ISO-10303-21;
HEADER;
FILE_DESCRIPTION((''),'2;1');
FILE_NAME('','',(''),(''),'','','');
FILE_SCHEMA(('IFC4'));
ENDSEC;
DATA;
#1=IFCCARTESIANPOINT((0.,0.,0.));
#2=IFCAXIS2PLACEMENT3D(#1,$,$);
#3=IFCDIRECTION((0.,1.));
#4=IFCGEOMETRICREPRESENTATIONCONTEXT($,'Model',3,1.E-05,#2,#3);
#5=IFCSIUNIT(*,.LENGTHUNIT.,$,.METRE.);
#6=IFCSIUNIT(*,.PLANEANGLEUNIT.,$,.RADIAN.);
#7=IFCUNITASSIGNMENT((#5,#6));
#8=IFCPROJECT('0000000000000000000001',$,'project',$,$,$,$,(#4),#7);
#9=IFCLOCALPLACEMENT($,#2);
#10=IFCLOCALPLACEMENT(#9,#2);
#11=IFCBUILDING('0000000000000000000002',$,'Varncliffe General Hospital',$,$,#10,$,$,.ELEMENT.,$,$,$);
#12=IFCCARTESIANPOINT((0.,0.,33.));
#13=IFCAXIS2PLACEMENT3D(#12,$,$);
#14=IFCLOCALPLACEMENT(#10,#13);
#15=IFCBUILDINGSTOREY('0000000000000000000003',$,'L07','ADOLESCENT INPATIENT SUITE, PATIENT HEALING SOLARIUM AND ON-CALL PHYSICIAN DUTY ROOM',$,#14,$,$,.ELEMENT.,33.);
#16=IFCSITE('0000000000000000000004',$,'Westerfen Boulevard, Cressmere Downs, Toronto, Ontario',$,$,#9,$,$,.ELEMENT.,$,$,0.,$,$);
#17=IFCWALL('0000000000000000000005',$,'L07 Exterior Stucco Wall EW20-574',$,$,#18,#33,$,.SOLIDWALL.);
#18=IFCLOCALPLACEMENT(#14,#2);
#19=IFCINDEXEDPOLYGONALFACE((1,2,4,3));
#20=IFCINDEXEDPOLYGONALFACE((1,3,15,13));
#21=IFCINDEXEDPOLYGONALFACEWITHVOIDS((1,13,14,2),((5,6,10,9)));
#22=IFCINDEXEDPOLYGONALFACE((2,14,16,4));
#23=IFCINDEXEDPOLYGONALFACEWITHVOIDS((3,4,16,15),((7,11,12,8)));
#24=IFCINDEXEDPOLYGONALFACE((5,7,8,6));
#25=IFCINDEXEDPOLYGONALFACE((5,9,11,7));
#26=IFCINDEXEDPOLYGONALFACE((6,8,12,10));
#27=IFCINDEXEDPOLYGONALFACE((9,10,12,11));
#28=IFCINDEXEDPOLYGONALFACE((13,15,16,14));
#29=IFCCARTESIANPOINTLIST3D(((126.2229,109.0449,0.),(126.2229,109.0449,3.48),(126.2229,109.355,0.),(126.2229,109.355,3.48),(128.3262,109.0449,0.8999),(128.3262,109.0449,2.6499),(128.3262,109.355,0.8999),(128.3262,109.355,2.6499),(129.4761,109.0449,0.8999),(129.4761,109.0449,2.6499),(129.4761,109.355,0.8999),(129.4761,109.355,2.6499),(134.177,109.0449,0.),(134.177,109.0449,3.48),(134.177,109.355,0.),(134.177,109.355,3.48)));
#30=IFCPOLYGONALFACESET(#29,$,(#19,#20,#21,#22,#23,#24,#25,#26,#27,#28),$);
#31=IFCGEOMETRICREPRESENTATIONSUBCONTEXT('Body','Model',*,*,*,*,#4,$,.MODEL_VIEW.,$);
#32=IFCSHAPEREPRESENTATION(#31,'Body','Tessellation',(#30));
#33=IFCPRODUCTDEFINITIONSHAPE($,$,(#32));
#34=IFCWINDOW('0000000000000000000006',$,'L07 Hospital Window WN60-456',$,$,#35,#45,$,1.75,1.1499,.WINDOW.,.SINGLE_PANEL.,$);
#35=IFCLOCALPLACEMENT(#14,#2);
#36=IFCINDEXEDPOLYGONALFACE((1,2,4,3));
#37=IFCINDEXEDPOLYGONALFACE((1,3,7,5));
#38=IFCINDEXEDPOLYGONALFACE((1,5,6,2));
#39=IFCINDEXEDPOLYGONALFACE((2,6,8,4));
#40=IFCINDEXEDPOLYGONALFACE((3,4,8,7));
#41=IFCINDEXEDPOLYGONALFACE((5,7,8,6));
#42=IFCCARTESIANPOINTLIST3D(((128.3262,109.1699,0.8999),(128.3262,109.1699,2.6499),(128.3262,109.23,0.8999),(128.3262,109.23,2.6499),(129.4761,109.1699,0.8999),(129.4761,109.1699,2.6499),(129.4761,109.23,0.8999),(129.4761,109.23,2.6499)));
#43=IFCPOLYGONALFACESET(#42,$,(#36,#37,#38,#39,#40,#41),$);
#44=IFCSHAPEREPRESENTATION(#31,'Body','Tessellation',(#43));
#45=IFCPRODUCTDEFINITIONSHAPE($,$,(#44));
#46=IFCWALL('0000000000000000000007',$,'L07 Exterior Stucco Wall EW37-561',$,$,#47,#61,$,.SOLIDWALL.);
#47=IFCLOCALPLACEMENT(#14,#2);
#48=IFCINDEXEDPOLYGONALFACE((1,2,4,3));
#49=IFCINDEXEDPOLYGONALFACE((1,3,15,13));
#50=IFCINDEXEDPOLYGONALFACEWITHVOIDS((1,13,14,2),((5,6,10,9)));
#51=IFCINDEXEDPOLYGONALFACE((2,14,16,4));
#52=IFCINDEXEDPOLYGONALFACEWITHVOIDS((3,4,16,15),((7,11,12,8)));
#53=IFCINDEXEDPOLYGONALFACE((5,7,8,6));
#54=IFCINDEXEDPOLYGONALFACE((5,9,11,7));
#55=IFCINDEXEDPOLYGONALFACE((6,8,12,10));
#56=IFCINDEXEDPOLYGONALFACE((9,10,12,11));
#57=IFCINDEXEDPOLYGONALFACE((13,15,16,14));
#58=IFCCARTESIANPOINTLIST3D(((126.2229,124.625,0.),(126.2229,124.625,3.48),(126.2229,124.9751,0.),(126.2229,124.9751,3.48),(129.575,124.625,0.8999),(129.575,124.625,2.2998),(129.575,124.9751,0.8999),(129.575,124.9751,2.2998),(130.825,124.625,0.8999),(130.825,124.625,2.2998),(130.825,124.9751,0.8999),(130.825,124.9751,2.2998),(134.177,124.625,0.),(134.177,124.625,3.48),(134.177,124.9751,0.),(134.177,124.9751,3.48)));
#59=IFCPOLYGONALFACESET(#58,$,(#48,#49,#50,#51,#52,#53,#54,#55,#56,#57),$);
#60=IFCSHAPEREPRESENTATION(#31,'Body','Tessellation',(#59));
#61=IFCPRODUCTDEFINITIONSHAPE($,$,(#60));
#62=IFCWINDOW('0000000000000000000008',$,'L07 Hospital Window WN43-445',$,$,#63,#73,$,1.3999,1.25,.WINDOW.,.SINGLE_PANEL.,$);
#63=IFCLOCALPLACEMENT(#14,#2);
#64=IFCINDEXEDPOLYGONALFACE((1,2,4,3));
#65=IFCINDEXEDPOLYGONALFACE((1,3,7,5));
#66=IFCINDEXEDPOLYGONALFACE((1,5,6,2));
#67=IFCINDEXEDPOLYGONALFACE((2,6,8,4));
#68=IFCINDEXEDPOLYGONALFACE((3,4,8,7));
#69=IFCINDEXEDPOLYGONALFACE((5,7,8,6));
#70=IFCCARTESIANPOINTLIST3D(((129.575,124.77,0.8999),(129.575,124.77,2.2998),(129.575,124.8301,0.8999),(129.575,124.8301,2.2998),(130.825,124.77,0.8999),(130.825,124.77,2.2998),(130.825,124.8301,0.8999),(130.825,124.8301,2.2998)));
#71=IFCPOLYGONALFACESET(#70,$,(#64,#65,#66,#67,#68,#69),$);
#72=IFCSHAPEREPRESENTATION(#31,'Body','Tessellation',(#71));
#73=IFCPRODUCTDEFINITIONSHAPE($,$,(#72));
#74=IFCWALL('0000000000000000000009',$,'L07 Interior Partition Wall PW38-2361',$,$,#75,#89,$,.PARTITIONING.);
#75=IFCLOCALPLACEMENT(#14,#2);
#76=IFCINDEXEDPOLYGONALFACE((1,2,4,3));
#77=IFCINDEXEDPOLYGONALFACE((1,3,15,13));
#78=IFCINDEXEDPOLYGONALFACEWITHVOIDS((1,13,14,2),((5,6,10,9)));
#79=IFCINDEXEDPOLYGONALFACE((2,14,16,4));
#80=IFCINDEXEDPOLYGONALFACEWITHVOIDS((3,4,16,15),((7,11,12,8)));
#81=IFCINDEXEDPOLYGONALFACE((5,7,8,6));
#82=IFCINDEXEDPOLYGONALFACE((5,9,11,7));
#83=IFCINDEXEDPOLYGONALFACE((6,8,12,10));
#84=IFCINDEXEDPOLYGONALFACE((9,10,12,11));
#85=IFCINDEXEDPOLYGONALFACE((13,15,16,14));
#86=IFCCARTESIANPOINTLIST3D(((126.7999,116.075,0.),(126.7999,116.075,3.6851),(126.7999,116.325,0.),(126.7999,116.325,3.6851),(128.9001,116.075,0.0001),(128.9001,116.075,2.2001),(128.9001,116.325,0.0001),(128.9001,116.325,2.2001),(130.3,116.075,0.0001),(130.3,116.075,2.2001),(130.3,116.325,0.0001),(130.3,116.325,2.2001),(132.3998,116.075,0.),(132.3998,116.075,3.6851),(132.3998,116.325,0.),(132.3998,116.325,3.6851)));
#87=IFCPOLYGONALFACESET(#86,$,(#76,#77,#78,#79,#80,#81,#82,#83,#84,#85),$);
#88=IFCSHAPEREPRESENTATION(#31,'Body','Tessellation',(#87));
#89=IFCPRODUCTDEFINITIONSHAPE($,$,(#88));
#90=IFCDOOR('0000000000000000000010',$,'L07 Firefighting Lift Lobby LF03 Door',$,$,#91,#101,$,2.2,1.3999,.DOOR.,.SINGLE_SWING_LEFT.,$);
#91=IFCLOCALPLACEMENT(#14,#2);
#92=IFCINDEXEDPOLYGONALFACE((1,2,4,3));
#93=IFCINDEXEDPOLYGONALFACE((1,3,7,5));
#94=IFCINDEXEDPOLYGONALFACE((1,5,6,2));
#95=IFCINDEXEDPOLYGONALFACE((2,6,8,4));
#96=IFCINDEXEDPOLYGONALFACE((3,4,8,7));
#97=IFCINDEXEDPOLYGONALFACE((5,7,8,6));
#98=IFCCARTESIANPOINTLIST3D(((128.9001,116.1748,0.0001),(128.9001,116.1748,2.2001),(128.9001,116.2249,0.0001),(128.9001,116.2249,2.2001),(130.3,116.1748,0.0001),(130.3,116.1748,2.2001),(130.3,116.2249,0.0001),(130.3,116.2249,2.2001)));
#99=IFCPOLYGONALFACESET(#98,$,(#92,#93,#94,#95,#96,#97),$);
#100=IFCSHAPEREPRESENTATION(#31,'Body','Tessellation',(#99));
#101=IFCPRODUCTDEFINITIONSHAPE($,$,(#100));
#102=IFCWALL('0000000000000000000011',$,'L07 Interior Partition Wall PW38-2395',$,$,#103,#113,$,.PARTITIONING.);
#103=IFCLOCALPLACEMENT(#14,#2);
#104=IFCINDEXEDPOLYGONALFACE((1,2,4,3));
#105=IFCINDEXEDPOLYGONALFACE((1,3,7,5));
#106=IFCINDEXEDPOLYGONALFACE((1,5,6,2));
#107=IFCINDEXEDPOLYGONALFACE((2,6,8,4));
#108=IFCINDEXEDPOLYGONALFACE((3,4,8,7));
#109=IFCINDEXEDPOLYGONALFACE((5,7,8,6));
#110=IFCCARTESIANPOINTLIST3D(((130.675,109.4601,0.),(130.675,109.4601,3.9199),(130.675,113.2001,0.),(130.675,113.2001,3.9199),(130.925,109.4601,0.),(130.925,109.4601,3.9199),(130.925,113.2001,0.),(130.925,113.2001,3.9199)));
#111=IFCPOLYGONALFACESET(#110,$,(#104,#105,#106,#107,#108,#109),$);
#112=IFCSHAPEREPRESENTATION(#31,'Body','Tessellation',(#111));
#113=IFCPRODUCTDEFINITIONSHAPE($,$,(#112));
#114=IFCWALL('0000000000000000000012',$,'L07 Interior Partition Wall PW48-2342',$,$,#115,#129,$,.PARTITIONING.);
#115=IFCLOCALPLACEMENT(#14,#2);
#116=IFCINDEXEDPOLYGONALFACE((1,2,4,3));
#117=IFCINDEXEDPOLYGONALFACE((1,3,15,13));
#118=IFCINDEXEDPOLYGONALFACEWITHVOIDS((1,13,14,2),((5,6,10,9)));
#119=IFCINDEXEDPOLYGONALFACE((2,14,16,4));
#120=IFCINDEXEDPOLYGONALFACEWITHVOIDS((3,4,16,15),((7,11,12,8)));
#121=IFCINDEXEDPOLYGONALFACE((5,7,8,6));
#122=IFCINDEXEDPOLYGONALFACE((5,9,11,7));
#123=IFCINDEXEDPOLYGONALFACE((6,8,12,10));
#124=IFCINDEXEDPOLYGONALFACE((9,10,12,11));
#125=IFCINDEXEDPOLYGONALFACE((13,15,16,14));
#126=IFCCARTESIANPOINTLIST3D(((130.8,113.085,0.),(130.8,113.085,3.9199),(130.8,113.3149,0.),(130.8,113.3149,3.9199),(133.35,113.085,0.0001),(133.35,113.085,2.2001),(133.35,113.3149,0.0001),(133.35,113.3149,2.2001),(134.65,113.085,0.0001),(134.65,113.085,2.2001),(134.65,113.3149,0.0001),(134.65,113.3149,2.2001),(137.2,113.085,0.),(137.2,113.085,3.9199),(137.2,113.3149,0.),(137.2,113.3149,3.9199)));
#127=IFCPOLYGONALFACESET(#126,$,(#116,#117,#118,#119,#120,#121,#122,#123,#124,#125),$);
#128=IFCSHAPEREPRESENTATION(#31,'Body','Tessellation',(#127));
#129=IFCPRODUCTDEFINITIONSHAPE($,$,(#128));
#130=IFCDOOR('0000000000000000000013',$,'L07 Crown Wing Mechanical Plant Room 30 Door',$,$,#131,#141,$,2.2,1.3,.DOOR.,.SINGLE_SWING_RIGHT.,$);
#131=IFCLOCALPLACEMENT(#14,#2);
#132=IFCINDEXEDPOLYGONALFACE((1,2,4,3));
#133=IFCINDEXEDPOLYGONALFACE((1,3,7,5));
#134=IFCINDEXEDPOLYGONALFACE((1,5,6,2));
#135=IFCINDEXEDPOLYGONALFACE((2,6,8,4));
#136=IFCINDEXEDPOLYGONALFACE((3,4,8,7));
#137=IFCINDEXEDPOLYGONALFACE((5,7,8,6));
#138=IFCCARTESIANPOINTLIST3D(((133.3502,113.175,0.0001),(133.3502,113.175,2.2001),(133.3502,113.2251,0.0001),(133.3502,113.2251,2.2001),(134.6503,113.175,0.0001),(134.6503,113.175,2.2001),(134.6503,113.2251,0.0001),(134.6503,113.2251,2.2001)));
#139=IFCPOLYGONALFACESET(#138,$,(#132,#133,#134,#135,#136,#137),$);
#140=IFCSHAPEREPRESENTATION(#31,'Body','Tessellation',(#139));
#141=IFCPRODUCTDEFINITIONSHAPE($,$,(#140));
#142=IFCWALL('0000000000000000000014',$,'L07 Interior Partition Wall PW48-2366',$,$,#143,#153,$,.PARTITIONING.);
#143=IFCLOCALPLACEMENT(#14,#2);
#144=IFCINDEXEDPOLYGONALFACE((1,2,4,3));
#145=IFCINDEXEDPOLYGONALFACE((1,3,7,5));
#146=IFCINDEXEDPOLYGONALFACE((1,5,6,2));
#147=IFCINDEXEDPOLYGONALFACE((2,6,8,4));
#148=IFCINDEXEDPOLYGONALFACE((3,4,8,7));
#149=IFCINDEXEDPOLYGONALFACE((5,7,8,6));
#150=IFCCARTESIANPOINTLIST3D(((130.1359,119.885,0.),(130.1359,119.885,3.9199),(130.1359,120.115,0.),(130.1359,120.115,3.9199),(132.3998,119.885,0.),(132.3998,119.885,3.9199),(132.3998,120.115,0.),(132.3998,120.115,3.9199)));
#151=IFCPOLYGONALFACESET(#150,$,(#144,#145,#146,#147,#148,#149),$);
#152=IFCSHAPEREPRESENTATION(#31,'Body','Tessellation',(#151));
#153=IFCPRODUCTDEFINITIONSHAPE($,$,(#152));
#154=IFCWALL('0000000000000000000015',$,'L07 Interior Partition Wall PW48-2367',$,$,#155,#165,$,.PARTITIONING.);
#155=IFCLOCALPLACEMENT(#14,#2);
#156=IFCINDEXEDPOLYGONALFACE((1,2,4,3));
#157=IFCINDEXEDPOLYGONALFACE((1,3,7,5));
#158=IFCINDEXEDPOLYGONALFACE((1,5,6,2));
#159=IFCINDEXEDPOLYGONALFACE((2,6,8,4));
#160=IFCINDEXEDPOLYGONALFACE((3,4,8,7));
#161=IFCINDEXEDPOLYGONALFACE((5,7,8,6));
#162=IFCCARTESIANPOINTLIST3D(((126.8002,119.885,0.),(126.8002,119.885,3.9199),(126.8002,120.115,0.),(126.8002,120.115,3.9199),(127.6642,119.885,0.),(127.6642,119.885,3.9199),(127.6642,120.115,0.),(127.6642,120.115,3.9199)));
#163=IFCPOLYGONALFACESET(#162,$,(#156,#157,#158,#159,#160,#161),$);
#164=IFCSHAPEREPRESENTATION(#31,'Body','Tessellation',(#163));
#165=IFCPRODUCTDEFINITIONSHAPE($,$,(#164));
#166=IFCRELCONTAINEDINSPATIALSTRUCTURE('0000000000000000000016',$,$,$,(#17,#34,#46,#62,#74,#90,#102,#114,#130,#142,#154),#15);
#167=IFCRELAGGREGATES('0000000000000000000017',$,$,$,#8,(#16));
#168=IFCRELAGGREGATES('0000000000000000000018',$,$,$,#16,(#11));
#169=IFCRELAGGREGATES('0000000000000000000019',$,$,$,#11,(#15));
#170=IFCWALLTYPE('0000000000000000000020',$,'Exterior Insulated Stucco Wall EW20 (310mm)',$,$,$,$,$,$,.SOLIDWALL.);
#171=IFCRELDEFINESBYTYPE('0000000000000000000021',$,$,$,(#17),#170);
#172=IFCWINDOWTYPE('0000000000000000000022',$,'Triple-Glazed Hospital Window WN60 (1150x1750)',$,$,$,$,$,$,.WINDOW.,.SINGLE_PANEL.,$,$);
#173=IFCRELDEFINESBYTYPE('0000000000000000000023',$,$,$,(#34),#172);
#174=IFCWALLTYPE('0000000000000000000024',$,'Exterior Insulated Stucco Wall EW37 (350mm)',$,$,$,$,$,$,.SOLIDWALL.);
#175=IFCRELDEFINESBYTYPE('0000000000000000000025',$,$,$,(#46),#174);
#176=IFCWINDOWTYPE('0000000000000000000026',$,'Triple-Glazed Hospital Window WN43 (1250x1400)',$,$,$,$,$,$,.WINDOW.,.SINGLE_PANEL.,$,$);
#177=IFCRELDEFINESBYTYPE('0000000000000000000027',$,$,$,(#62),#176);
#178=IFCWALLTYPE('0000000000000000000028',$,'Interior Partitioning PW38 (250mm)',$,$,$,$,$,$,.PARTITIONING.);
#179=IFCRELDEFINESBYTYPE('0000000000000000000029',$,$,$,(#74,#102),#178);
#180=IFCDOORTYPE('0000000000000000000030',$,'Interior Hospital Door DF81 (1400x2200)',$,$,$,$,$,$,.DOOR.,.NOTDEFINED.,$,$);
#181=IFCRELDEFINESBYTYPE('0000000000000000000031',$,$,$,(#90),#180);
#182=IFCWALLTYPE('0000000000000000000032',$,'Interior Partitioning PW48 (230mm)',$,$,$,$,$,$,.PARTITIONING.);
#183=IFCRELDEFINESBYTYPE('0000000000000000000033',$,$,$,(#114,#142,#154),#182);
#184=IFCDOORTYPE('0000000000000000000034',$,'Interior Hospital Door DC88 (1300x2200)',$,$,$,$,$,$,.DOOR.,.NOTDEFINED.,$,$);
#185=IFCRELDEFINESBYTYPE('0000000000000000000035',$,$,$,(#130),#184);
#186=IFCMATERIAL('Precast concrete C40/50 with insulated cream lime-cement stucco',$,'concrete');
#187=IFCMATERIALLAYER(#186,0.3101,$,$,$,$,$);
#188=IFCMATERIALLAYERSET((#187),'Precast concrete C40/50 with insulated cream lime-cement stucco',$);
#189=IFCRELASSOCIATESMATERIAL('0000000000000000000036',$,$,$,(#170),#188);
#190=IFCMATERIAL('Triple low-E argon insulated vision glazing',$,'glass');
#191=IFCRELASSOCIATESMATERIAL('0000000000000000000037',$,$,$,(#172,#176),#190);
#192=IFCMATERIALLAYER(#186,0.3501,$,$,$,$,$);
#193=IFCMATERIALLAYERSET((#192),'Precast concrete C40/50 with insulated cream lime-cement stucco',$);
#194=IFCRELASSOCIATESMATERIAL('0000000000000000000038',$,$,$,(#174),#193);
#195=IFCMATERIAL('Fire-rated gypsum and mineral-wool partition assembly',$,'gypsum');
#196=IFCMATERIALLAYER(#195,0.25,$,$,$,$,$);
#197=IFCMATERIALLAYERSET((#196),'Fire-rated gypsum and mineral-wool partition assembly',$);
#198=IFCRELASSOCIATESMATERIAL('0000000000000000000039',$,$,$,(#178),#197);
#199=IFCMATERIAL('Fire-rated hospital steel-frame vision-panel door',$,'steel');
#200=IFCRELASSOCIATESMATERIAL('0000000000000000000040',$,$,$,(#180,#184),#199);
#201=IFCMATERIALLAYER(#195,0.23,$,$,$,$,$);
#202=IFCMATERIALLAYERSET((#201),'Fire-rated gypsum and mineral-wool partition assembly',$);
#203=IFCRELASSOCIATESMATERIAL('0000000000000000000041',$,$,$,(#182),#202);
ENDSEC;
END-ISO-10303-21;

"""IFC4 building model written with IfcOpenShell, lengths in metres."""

from ifc_helpers import new_model, si_unit, direction, frame, frame_2d, origin, place, context, subcontext, project, spatial, rectangle, extrude, material, layer, layer_set, type_object, element, fill, save


model = new_model("IFC4")

# Units and contexts
model_context = context("Model", 3, precision=1e-05, world=origin(), true_north=direction((0.0, 1.0)))
body_context = subcontext(model_context, "Body", "Model", "MODEL_VIEW")
ifc_project = project(units=[si_unit("LENGTHUNIT", "METRE"), si_unit("PLANEANGLEUNIT", "RADIAN")], contexts=[model_context])

# Site, building, storey
site_placement = place(None, origin())
site = spatial("IfcSite", under=ifc_project, at=site_placement, Name="Westerfen Boulevard, Cressmere Downs, Toronto, Ontario", CompositionType="ELEMENT", RefElevation=0.0)
building_placement = place(site_placement, origin())
building = spatial("IfcBuilding", under=site, at=building_placement, Name="Varncliffe General Hospital", CompositionType="ELEMENT")
storey_placement = place(building_placement, frame((0.0, 0.0, 33.0)))
storey = spatial("IfcBuildingStorey", under=building, at=storey_placement, Name="L07", Description="ADOLESCENT INPATIENT SUITE, PATIENT HEALING SOLARIUM AND ON-CALL PHYSICIAN DUTY ROOM", CompositionType="ELEMENT", Elevation=33.0)

# Walls, openings, windows
ifc_material_1 = material(Name="Precast concrete C40/50 with insulated cream lime-cement stucco", Category="concrete")
ifc_layer_1 = layer(ifc_material_1, 0.3101)
ifc_layer_set_1 = layer_set([ifc_layer_1], Name="Precast concrete C40/50 with insulated cream lime-cement stucco")
wall_type_1 = type_object("IfcWallType", Name="Exterior Insulated Stucco Wall EW20 (310mm)", PredefinedType="SOLIDWALL", material=ifc_layer_set_1)
wall_1_placement = place(storey_placement, frame((134.177, 109.2, 0.0), z_axis=(0.0, 0.0, 1.0), x_axis=(-1.0, 0.0, 0.0)))
wall_1 = element("IfcWall", 1, at=wall_1_placement, inside=storey, type_object=wall_type_1, Name="L07 Exterior Stucco Wall EW20-574", PredefinedType="SOLIDWALL", context=body_context, shape_type="SweptSolid", body=[
    extrude(rectangle(XDim=7.9541, YDim=0.3101, at=frame_2d((3.9771, 0.0))), origin(), (0.0, 0.0, 1.0), 3.48),
])
opening_1_placement = place(wall_1_placement, frame((4.7009, 0.0, 0.8999)))
opening_1 = element("IfcOpeningElement", 2, at=opening_1_placement, cuts=wall_1, PredefinedType="OPENING", context=body_context, shape_type="SweptSolid", body=[
    extrude(rectangle(XDim=1.1499, YDim=1.75, at=frame_2d((0.575, 0.875))), frame((0.0, 0.165, 0.0), z_axis=(0.0, -1.0, 0.0), x_axis=(1.0, 0.0, 0.0)), (0.0, 0.0, 1.0), 0.3301),
])
ifc_material_2 = material(Name="Triple low-E argon insulated vision glazing", Category="glass")
window_type_1 = type_object("IfcWindowType", Name="Triple-Glazed Hospital Window WN60 (1150x1750)", PartitioningType="SINGLE_PANEL", PredefinedType="WINDOW", material=ifc_material_2)
window_1_placement = place(opening_1_placement, origin())
window_1 = element("IfcWindow", 3, at=window_1_placement, inside=storey, type_object=window_type_1, Name="L07 Hospital Window WN60-456", OverallHeight=1.75, OverallWidth=1.1499, PartitioningType="SINGLE_PANEL", PredefinedType="WINDOW", context=body_context, shape_type="SweptSolid", body=[
    extrude(rectangle(XDim=1.1499, YDim=1.75, at=frame_2d((0.575, 0.875))), frame((0.0, 0.03, 0.0), z_axis=(0.0, -1.0, 0.0), x_axis=(1.0, 0.0, 0.0)), (0.0, 0.0, 1.0), 0.0601),
])
fill(opening_1, window_1)
ifc_layer_2 = layer(ifc_material_1, 0.3501)
ifc_layer_set_2 = layer_set([ifc_layer_2], Name="Precast concrete C40/50 with insulated cream lime-cement stucco")
wall_type_2 = type_object("IfcWallType", Name="Exterior Insulated Stucco Wall EW37 (350mm)", PredefinedType="SOLIDWALL", material=ifc_layer_set_2)
wall_2_placement = place(storey_placement, frame((126.2229, 124.8, 0.0), z_axis=(0.0, 0.0, 1.0), x_axis=(1.0, 0.0, 0.0)))
wall_2 = element("IfcWall", 4, at=wall_2_placement, inside=storey, type_object=wall_type_2, Name="L07 Exterior Stucco Wall EW37-561", PredefinedType="SOLIDWALL", context=body_context, shape_type="SweptSolid", body=[
    extrude(rectangle(XDim=7.9541, YDim=0.3501, at=frame_2d((3.9771, 0.0))), origin(), (0.0, 0.0, 1.0), 3.48),
])
opening_2_placement = place(wall_2_placement, frame((3.3521, 0.0, 0.8999)))
opening_2 = element("IfcOpeningElement", 5, at=opening_2_placement, cuts=wall_2, PredefinedType="OPENING", context=body_context, shape_type="SweptSolid", body=[
    extrude(rectangle(XDim=1.25, YDim=1.3999, at=frame_2d((0.625, 0.7))), frame((0.0, 0.1851, 0.0), z_axis=(0.0, -1.0, 0.0), x_axis=(1.0, 0.0, 0.0)), (0.0, 0.0, 1.0), 0.3701),
])
window_type_2 = type_object("IfcWindowType", Name="Triple-Glazed Hospital Window WN43 (1250x1400)", PartitioningType="SINGLE_PANEL", PredefinedType="WINDOW", material=ifc_material_2)
window_2_placement = place(opening_2_placement, origin())
window_2 = element("IfcWindow", 6, at=window_2_placement, inside=storey, type_object=window_type_2, Name="L07 Hospital Window WN43-445", OverallHeight=1.3999, OverallWidth=1.25, PartitioningType="SINGLE_PANEL", PredefinedType="WINDOW", context=body_context, shape_type="SweptSolid", body=[
    extrude(rectangle(XDim=1.25, YDim=1.3999, at=frame_2d((0.625, 0.7))), frame((0.0, 0.03, 0.0), z_axis=(0.0, -1.0, 0.0), x_axis=(1.0, 0.0, 0.0)), (0.0, 0.0, 1.0), 0.0601),
])
fill(opening_2, window_2)

# Wall, opening, door
ifc_material_3 = material(Name="Fire-rated gypsum and mineral-wool partition assembly", Category="gypsum")
ifc_layer_3 = layer(ifc_material_3, 0.25)
ifc_layer_set_3 = layer_set([ifc_layer_3], Name="Fire-rated gypsum and mineral-wool partition assembly")
wall_type_3 = type_object("IfcWallType", Name="Interior Partitioning PW38 (250mm)", PredefinedType="PARTITIONING", material=ifc_layer_set_3)
wall_3_placement = place(storey_placement, frame((126.8, 116.2, 0.0), z_axis=(0.0, 0.0, 1.0), x_axis=(1.0, 0.0, 0.0)))
wall_3 = element("IfcWall", 7, at=wall_3_placement, inside=storey, type_object=wall_type_3, Name="L07 Interior Partition Wall PW38-2361", PredefinedType="PARTITIONING", context=body_context, shape_type="SweptSolid", body=[
    extrude(rectangle(XDim=5.5999, YDim=0.25, at=frame_2d((2.7998, 0.0))), origin(), (0.0, 0.0, 1.0), 3.6851),
])
opening_3_placement = place(wall_3_placement, frame((2.1001, 0.0, 0.0)))
opening_3 = element("IfcOpeningElement", 8, at=opening_3_placement, cuts=wall_3, PredefinedType="OPENING", context=body_context, shape_type="SweptSolid", body=[
    extrude(rectangle(XDim=1.3999, YDim=2.2, at=frame_2d((0.7, 1.1001))), frame((0.0, 0.135, 0.0), z_axis=(0.0, -1.0, 0.0), x_axis=(1.0, 0.0, 0.0)), (0.0, 0.0, 1.0), 0.27),
])
ifc_material_4 = material(Name="Fire-rated hospital steel-frame vision-panel door", Category="steel")
door_type_1 = type_object("IfcDoorType", Name="Interior Hospital Door DF81 (1400x2200)", OperationType="NOTDEFINED", PredefinedType="DOOR", material=ifc_material_4)
door_1_placement = place(opening_3_placement, origin())
door_1 = element("IfcDoor", 9, at=door_1_placement, inside=storey, type_object=door_type_1, Name="L07 Firefighting Lift Lobby LF03 Door", OperationType="SINGLE_SWING_LEFT", OverallHeight=2.2, OverallWidth=1.3999, PredefinedType="DOOR", context=body_context, shape_type="SweptSolid", body=[
    extrude(rectangle(XDim=1.3999, YDim=2.2, at=frame_2d((0.7, 1.1001))), frame((0.0, 0.0249, 0.0), z_axis=(0.0, -1.0, 0.0), x_axis=(1.0, 0.0, 0.0)), (0.0, 0.0, 1.0), 0.05),
])
fill(opening_3, door_1)

# Wall
wall_4_placement = place(storey_placement, frame((130.8, 109.46, 0.0), z_axis=(0.0, 0.0, 1.0), x_axis=(0.0, 1.0, 0.0)))
element("IfcWall", 10, at=wall_4_placement, inside=storey, type_object=wall_type_3, Name="L07 Interior Partition Wall PW38-2395", PredefinedType="PARTITIONING", context=body_context, shape_type="SweptSolid", body=[
    extrude(rectangle(XDim=3.74, YDim=0.25, at=frame_2d((1.8701, 0.0))), origin(), (0.0, 0.0, 1.0), 3.9199),
])

# Wall, opening, door
ifc_layer_4 = layer(ifc_material_3, 0.23)
ifc_layer_set_4 = layer_set([ifc_layer_4], Name="Fire-rated gypsum and mineral-wool partition assembly")
wall_type_4 = type_object("IfcWallType", Name="Interior Partitioning PW48 (230mm)", PredefinedType="PARTITIONING", material=ifc_layer_set_4)
wall_5_placement = place(storey_placement, frame((130.8, 113.2, 0.0), z_axis=(0.0, 0.0, 1.0), x_axis=(1.0, 0.0, 0.0)))
wall_5 = element("IfcWall", 11, at=wall_5_placement, inside=storey, type_object=wall_type_4, Name="L07 Interior Partition Wall PW48-2342", PredefinedType="PARTITIONING", context=body_context, shape_type="SweptSolid", body=[
    extrude(rectangle(XDim=6.3999, YDim=0.23, at=frame_2d((3.2, 0.0))), origin(), (0.0, 0.0, 1.0), 3.9199),
])
opening_4_placement = place(wall_5_placement, frame((2.55, 0.0, 0.0)))
opening_4 = element("IfcOpeningElement", 12, at=opening_4_placement, cuts=wall_5, PredefinedType="OPENING", context=body_context, shape_type="SweptSolid", body=[
    extrude(rectangle(XDim=1.3, YDim=2.2, at=frame_2d((0.6499, 1.1001))), frame((0.0, 0.125, 0.0), z_axis=(0.0, -1.0, 0.0), x_axis=(1.0, 0.0, 0.0)), (0.0, 0.0, 1.0), 0.25),
])
door_type_2 = type_object("IfcDoorType", Name="Interior Hospital Door DC88 (1300x2200)", OperationType="NOTDEFINED", PredefinedType="DOOR", material=ifc_material_4)
door_2_placement = place(opening_4_placement, frame((1.3, 0.0, 0.0), z_axis=(0.0, 0.0, 1.0), x_axis=(-1.0, 0.0, 0.0)))
door_2 = element("IfcDoor", 13, at=door_2_placement, inside=storey, type_object=door_type_2, Name="L07 Crown Wing Mechanical Plant Room 30 Door", OperationType="SINGLE_SWING_RIGHT", OverallHeight=2.2, OverallWidth=1.3, PredefinedType="DOOR", context=body_context, shape_type="SweptSolid", body=[
    extrude(rectangle(XDim=1.3, YDim=2.2, at=frame_2d((0.6499, 1.1001))), frame((0.0, 0.0249, 0.0), z_axis=(0.0, -1.0, 0.0), x_axis=(1.0, 0.0, 0.0)), (0.0, 0.0, 1.0), 0.05),
])
fill(opening_4, door_2)

# Walls
wall_6_placement = place(storey_placement, frame((130.136, 120.0, 0.0), z_axis=(0.0, 0.0, 1.0), x_axis=(1.0, 0.0, 0.0)))
element("IfcWall", 14, at=wall_6_placement, inside=storey, type_object=wall_type_4, Name="L07 Interior Partition Wall PW48-2366", PredefinedType="PARTITIONING", context=body_context, shape_type="SweptSolid", body=[
    extrude(rectangle(XDim=2.2639, YDim=0.23, at=frame_2d((1.1318, 0.0))), origin(), (0.0, 0.0, 1.0), 3.9199),
])
wall_7_placement = place(storey_placement, frame((126.8, 120.0, 0.0), z_axis=(0.0, 0.0, 1.0), x_axis=(1.0, 0.0, 0.0)))
element("IfcWall", 15, at=wall_7_placement, inside=storey, type_object=wall_type_4, Name="L07 Interior Partition Wall PW48-2367", PredefinedType="PARTITIONING", context=body_context, shape_type="SweptSolid", body=[
    extrude(rectangle(XDim=0.864, YDim=0.23, at=frame_2d((0.4321, 0.0))), origin(), (0.0, 0.0, 1.0), 3.9199),
])

save(model, "model.ifc")
